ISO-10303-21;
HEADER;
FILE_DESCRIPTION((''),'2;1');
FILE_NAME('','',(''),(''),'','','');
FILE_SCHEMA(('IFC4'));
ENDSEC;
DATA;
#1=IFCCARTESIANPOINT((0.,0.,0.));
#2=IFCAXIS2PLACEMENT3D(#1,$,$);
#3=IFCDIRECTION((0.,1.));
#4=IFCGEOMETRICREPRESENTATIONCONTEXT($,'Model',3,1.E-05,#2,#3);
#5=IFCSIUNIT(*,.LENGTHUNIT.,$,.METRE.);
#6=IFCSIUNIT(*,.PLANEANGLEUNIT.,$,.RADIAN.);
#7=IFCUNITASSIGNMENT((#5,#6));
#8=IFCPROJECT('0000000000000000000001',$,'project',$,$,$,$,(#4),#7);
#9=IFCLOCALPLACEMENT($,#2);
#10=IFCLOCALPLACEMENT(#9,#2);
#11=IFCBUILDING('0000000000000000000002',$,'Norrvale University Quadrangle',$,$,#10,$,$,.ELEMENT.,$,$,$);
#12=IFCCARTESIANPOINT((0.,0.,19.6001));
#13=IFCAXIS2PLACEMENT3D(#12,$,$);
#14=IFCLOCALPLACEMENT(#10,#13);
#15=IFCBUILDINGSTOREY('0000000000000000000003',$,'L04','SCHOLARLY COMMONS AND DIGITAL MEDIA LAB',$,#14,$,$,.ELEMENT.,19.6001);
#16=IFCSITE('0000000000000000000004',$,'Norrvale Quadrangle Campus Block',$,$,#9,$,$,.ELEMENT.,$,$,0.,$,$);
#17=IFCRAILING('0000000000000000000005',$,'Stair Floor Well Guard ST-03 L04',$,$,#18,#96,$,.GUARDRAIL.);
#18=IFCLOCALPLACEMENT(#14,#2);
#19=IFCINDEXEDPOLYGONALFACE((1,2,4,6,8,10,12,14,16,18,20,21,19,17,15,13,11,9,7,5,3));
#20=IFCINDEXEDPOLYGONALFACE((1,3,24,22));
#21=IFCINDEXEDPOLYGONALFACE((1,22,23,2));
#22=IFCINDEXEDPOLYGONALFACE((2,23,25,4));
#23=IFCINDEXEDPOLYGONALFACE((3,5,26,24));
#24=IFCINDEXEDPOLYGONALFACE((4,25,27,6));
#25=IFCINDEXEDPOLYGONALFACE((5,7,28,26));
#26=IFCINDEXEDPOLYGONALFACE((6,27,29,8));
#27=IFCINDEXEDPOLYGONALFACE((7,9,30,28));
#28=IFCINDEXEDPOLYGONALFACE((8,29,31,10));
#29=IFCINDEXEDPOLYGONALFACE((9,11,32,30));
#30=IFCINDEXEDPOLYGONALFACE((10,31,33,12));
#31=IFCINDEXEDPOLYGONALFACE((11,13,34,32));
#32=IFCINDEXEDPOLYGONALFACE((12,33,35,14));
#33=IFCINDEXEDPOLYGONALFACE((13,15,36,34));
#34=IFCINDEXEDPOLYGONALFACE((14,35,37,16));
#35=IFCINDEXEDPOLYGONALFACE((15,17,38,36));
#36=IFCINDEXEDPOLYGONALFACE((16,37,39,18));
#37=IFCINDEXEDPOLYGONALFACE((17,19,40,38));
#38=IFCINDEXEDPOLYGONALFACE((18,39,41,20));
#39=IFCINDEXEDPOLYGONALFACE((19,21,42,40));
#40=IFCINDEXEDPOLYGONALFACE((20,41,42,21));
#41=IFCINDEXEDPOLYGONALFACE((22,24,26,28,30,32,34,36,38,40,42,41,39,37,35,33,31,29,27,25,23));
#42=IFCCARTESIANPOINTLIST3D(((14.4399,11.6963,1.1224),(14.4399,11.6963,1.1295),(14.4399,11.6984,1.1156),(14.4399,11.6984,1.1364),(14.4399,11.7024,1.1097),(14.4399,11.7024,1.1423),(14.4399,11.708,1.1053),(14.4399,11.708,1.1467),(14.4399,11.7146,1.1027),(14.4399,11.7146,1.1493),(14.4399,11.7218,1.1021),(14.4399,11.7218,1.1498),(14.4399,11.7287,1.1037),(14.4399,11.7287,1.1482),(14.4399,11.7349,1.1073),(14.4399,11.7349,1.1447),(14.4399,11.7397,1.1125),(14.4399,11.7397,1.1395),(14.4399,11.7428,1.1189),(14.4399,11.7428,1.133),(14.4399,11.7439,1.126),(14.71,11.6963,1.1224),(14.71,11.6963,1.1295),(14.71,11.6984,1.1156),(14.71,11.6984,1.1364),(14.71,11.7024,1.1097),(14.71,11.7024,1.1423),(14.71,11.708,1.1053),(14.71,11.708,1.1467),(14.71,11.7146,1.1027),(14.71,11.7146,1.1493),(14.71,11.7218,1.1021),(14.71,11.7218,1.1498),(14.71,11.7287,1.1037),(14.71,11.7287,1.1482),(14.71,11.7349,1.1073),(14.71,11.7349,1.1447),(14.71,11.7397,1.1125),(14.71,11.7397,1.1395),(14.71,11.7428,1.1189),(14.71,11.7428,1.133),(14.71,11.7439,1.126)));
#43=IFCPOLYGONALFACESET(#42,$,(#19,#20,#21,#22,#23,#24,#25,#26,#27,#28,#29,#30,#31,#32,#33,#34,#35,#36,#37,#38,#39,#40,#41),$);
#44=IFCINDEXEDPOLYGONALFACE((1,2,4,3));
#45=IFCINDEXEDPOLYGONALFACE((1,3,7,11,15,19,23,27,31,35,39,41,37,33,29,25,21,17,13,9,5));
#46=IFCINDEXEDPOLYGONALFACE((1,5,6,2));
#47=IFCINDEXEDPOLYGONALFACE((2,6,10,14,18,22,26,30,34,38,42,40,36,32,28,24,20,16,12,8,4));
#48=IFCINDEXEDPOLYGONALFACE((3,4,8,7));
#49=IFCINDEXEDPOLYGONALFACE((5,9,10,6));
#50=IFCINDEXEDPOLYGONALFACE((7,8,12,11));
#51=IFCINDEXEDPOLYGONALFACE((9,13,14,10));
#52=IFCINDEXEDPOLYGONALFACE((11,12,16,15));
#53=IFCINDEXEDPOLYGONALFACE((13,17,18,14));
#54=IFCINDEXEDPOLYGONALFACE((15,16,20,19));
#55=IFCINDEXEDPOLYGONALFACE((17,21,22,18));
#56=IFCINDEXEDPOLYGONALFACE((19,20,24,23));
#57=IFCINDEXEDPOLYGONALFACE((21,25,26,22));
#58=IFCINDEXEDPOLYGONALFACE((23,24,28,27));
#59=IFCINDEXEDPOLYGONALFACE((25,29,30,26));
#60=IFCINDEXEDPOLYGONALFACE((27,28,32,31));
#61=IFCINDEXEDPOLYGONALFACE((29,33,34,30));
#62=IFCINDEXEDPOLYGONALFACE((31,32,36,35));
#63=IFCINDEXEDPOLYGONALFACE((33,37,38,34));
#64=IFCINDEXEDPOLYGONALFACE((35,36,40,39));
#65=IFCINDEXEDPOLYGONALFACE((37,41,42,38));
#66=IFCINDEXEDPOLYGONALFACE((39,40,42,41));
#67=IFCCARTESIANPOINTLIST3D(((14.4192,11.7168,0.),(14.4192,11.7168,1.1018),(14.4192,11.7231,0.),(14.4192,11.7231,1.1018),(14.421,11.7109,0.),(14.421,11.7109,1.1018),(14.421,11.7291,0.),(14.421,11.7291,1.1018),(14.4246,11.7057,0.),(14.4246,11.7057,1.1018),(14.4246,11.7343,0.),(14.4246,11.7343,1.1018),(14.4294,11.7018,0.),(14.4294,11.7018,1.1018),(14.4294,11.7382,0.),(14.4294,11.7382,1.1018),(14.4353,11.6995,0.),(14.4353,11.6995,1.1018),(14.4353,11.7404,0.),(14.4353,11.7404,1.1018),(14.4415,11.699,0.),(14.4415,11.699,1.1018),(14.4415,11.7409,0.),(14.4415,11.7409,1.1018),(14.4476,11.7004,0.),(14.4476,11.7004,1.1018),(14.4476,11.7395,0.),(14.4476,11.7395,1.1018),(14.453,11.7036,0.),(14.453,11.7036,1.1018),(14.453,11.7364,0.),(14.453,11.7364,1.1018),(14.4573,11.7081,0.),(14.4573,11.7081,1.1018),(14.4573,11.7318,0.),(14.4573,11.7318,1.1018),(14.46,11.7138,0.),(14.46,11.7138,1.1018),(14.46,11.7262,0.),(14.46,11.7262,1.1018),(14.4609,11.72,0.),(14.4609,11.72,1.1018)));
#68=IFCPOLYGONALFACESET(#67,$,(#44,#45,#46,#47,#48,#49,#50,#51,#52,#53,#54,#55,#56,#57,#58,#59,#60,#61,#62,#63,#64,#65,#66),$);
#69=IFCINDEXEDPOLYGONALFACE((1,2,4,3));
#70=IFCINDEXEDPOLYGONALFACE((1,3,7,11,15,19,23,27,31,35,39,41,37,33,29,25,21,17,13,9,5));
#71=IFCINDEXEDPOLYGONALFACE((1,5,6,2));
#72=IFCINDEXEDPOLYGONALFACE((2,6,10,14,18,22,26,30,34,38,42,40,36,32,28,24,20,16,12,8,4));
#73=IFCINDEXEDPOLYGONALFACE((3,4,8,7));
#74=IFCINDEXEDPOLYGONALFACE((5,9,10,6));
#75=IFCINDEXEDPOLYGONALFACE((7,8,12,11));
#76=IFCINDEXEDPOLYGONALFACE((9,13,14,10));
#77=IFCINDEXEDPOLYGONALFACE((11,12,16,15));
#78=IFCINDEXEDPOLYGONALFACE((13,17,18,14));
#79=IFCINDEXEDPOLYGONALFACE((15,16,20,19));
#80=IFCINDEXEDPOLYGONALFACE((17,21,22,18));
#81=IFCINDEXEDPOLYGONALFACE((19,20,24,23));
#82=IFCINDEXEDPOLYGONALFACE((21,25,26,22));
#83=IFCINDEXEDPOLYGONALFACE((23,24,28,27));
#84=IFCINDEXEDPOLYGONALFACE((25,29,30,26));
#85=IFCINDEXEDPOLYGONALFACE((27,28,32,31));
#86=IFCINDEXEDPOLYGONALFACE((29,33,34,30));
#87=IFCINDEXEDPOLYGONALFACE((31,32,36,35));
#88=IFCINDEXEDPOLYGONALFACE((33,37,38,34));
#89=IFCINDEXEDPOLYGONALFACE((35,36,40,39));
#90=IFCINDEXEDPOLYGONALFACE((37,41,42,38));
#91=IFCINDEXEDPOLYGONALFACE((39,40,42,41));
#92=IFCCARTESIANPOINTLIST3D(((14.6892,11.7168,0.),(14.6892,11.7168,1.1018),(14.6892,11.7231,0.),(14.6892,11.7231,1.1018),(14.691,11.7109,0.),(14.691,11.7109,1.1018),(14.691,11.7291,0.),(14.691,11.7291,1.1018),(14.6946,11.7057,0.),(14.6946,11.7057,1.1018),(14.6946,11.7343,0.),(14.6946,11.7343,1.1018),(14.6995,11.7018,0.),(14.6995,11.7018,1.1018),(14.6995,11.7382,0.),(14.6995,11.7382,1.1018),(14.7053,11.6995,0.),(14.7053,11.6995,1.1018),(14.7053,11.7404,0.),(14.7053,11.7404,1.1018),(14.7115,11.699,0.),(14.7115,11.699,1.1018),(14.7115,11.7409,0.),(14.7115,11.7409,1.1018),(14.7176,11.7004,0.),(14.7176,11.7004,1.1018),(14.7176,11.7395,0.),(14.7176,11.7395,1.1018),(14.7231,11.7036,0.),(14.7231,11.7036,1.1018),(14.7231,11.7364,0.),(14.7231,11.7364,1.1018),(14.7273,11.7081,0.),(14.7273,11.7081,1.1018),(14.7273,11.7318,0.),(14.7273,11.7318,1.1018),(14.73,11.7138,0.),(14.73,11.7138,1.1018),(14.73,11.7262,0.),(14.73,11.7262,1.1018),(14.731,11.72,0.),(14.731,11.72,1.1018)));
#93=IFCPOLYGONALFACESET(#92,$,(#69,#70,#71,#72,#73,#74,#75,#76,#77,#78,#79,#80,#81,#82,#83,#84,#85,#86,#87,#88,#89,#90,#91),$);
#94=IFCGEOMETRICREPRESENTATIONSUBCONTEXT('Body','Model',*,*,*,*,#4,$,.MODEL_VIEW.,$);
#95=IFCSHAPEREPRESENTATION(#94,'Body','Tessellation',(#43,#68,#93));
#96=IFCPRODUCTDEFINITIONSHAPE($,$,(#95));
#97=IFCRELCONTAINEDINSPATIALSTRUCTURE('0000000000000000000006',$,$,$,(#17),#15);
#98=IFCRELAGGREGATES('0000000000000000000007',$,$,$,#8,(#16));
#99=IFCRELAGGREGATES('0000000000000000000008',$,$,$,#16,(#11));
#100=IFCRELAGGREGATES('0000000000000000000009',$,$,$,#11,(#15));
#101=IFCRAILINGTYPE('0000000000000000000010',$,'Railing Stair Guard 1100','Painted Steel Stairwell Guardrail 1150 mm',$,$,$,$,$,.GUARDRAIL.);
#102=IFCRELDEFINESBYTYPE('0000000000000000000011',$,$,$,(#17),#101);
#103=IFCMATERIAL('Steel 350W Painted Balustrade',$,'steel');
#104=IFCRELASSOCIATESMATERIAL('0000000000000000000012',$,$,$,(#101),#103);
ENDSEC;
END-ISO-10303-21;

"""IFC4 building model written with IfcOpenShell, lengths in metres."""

from ifc_helpers import new_model, si_unit, direction, frame, origin, origin_2d, place, context, subcontext, project, spatial, circle, extrude, material, type_object, element, save


model = new_model("IFC4")

# Units and contexts
model_context = context("Model", 3, precision=1e-05, world=origin(), true_north=direction((0.0, 1.0)))
body_context = subcontext(model_context, "Body", "Model", "MODEL_VIEW")
ifc_project = project(units=[si_unit("LENGTHUNIT", "METRE"), si_unit("PLANEANGLEUNIT", "RADIAN")], contexts=[model_context])

# Site, building, storey
site_placement = place(None, origin())
site = spatial("IfcSite", under=ifc_project, at=site_placement, Name="Norrvale Quadrangle Campus Block", CompositionType="ELEMENT", RefElevation=0.0)
building_placement = place(site_placement, origin())
building = spatial("IfcBuilding", under=site, at=building_placement, Name="Norrvale University Quadrangle", CompositionType="ELEMENT")
storey_placement = place(building_placement, frame((0.0, 0.0, 19.6001)))
storey = spatial("IfcBuildingStorey", under=building, at=storey_placement, Name="L04", Description="SCHOLARLY COMMONS AND DIGITAL MEDIA LAB", CompositionType="ELEMENT", Elevation=19.6001)

# Railing
ifc_material_1 = material(Name="Steel 350W Painted Balustrade", Category="steel")
railing_type_1 = type_object("IfcRailingType", Name="Railing Stair Guard 1100", Description="Painted Steel Stairwell Guardrail 1150 mm", PredefinedType="GUARDRAIL", material=ifc_material_1)
railing_1_placement = place(storey_placement, frame((14.4399, 11.72, 0.0)))
element("IfcRailing", 1, at=railing_1_placement, inside=storey, type_object=railing_type_1, Name="Stair Floor Well Guard ST-03 L04", PredefinedType="GUARDRAIL", context=body_context, shape_type="SweptSolid", body=[
    extrude(circle(Radius=0.0239, at=origin_2d()), frame((0.0, 0.0, 1.126), z_axis=(1.0, 0.0, 0.0), x_axis=(0.0, 1.0, 0.0)), (0.0, 0.0, 1.0), 0.27),
    extrude(circle(Radius=0.021, at=origin_2d()), origin(), (0.0, 0.0, 1.0), 1.1018),
    extrude(circle(Radius=0.021, at=origin_2d()), frame((0.27, 0.0, 0.0)), (0.0, 0.0, 1.0), 1.1018),
])

save(model, "model.ifc")
